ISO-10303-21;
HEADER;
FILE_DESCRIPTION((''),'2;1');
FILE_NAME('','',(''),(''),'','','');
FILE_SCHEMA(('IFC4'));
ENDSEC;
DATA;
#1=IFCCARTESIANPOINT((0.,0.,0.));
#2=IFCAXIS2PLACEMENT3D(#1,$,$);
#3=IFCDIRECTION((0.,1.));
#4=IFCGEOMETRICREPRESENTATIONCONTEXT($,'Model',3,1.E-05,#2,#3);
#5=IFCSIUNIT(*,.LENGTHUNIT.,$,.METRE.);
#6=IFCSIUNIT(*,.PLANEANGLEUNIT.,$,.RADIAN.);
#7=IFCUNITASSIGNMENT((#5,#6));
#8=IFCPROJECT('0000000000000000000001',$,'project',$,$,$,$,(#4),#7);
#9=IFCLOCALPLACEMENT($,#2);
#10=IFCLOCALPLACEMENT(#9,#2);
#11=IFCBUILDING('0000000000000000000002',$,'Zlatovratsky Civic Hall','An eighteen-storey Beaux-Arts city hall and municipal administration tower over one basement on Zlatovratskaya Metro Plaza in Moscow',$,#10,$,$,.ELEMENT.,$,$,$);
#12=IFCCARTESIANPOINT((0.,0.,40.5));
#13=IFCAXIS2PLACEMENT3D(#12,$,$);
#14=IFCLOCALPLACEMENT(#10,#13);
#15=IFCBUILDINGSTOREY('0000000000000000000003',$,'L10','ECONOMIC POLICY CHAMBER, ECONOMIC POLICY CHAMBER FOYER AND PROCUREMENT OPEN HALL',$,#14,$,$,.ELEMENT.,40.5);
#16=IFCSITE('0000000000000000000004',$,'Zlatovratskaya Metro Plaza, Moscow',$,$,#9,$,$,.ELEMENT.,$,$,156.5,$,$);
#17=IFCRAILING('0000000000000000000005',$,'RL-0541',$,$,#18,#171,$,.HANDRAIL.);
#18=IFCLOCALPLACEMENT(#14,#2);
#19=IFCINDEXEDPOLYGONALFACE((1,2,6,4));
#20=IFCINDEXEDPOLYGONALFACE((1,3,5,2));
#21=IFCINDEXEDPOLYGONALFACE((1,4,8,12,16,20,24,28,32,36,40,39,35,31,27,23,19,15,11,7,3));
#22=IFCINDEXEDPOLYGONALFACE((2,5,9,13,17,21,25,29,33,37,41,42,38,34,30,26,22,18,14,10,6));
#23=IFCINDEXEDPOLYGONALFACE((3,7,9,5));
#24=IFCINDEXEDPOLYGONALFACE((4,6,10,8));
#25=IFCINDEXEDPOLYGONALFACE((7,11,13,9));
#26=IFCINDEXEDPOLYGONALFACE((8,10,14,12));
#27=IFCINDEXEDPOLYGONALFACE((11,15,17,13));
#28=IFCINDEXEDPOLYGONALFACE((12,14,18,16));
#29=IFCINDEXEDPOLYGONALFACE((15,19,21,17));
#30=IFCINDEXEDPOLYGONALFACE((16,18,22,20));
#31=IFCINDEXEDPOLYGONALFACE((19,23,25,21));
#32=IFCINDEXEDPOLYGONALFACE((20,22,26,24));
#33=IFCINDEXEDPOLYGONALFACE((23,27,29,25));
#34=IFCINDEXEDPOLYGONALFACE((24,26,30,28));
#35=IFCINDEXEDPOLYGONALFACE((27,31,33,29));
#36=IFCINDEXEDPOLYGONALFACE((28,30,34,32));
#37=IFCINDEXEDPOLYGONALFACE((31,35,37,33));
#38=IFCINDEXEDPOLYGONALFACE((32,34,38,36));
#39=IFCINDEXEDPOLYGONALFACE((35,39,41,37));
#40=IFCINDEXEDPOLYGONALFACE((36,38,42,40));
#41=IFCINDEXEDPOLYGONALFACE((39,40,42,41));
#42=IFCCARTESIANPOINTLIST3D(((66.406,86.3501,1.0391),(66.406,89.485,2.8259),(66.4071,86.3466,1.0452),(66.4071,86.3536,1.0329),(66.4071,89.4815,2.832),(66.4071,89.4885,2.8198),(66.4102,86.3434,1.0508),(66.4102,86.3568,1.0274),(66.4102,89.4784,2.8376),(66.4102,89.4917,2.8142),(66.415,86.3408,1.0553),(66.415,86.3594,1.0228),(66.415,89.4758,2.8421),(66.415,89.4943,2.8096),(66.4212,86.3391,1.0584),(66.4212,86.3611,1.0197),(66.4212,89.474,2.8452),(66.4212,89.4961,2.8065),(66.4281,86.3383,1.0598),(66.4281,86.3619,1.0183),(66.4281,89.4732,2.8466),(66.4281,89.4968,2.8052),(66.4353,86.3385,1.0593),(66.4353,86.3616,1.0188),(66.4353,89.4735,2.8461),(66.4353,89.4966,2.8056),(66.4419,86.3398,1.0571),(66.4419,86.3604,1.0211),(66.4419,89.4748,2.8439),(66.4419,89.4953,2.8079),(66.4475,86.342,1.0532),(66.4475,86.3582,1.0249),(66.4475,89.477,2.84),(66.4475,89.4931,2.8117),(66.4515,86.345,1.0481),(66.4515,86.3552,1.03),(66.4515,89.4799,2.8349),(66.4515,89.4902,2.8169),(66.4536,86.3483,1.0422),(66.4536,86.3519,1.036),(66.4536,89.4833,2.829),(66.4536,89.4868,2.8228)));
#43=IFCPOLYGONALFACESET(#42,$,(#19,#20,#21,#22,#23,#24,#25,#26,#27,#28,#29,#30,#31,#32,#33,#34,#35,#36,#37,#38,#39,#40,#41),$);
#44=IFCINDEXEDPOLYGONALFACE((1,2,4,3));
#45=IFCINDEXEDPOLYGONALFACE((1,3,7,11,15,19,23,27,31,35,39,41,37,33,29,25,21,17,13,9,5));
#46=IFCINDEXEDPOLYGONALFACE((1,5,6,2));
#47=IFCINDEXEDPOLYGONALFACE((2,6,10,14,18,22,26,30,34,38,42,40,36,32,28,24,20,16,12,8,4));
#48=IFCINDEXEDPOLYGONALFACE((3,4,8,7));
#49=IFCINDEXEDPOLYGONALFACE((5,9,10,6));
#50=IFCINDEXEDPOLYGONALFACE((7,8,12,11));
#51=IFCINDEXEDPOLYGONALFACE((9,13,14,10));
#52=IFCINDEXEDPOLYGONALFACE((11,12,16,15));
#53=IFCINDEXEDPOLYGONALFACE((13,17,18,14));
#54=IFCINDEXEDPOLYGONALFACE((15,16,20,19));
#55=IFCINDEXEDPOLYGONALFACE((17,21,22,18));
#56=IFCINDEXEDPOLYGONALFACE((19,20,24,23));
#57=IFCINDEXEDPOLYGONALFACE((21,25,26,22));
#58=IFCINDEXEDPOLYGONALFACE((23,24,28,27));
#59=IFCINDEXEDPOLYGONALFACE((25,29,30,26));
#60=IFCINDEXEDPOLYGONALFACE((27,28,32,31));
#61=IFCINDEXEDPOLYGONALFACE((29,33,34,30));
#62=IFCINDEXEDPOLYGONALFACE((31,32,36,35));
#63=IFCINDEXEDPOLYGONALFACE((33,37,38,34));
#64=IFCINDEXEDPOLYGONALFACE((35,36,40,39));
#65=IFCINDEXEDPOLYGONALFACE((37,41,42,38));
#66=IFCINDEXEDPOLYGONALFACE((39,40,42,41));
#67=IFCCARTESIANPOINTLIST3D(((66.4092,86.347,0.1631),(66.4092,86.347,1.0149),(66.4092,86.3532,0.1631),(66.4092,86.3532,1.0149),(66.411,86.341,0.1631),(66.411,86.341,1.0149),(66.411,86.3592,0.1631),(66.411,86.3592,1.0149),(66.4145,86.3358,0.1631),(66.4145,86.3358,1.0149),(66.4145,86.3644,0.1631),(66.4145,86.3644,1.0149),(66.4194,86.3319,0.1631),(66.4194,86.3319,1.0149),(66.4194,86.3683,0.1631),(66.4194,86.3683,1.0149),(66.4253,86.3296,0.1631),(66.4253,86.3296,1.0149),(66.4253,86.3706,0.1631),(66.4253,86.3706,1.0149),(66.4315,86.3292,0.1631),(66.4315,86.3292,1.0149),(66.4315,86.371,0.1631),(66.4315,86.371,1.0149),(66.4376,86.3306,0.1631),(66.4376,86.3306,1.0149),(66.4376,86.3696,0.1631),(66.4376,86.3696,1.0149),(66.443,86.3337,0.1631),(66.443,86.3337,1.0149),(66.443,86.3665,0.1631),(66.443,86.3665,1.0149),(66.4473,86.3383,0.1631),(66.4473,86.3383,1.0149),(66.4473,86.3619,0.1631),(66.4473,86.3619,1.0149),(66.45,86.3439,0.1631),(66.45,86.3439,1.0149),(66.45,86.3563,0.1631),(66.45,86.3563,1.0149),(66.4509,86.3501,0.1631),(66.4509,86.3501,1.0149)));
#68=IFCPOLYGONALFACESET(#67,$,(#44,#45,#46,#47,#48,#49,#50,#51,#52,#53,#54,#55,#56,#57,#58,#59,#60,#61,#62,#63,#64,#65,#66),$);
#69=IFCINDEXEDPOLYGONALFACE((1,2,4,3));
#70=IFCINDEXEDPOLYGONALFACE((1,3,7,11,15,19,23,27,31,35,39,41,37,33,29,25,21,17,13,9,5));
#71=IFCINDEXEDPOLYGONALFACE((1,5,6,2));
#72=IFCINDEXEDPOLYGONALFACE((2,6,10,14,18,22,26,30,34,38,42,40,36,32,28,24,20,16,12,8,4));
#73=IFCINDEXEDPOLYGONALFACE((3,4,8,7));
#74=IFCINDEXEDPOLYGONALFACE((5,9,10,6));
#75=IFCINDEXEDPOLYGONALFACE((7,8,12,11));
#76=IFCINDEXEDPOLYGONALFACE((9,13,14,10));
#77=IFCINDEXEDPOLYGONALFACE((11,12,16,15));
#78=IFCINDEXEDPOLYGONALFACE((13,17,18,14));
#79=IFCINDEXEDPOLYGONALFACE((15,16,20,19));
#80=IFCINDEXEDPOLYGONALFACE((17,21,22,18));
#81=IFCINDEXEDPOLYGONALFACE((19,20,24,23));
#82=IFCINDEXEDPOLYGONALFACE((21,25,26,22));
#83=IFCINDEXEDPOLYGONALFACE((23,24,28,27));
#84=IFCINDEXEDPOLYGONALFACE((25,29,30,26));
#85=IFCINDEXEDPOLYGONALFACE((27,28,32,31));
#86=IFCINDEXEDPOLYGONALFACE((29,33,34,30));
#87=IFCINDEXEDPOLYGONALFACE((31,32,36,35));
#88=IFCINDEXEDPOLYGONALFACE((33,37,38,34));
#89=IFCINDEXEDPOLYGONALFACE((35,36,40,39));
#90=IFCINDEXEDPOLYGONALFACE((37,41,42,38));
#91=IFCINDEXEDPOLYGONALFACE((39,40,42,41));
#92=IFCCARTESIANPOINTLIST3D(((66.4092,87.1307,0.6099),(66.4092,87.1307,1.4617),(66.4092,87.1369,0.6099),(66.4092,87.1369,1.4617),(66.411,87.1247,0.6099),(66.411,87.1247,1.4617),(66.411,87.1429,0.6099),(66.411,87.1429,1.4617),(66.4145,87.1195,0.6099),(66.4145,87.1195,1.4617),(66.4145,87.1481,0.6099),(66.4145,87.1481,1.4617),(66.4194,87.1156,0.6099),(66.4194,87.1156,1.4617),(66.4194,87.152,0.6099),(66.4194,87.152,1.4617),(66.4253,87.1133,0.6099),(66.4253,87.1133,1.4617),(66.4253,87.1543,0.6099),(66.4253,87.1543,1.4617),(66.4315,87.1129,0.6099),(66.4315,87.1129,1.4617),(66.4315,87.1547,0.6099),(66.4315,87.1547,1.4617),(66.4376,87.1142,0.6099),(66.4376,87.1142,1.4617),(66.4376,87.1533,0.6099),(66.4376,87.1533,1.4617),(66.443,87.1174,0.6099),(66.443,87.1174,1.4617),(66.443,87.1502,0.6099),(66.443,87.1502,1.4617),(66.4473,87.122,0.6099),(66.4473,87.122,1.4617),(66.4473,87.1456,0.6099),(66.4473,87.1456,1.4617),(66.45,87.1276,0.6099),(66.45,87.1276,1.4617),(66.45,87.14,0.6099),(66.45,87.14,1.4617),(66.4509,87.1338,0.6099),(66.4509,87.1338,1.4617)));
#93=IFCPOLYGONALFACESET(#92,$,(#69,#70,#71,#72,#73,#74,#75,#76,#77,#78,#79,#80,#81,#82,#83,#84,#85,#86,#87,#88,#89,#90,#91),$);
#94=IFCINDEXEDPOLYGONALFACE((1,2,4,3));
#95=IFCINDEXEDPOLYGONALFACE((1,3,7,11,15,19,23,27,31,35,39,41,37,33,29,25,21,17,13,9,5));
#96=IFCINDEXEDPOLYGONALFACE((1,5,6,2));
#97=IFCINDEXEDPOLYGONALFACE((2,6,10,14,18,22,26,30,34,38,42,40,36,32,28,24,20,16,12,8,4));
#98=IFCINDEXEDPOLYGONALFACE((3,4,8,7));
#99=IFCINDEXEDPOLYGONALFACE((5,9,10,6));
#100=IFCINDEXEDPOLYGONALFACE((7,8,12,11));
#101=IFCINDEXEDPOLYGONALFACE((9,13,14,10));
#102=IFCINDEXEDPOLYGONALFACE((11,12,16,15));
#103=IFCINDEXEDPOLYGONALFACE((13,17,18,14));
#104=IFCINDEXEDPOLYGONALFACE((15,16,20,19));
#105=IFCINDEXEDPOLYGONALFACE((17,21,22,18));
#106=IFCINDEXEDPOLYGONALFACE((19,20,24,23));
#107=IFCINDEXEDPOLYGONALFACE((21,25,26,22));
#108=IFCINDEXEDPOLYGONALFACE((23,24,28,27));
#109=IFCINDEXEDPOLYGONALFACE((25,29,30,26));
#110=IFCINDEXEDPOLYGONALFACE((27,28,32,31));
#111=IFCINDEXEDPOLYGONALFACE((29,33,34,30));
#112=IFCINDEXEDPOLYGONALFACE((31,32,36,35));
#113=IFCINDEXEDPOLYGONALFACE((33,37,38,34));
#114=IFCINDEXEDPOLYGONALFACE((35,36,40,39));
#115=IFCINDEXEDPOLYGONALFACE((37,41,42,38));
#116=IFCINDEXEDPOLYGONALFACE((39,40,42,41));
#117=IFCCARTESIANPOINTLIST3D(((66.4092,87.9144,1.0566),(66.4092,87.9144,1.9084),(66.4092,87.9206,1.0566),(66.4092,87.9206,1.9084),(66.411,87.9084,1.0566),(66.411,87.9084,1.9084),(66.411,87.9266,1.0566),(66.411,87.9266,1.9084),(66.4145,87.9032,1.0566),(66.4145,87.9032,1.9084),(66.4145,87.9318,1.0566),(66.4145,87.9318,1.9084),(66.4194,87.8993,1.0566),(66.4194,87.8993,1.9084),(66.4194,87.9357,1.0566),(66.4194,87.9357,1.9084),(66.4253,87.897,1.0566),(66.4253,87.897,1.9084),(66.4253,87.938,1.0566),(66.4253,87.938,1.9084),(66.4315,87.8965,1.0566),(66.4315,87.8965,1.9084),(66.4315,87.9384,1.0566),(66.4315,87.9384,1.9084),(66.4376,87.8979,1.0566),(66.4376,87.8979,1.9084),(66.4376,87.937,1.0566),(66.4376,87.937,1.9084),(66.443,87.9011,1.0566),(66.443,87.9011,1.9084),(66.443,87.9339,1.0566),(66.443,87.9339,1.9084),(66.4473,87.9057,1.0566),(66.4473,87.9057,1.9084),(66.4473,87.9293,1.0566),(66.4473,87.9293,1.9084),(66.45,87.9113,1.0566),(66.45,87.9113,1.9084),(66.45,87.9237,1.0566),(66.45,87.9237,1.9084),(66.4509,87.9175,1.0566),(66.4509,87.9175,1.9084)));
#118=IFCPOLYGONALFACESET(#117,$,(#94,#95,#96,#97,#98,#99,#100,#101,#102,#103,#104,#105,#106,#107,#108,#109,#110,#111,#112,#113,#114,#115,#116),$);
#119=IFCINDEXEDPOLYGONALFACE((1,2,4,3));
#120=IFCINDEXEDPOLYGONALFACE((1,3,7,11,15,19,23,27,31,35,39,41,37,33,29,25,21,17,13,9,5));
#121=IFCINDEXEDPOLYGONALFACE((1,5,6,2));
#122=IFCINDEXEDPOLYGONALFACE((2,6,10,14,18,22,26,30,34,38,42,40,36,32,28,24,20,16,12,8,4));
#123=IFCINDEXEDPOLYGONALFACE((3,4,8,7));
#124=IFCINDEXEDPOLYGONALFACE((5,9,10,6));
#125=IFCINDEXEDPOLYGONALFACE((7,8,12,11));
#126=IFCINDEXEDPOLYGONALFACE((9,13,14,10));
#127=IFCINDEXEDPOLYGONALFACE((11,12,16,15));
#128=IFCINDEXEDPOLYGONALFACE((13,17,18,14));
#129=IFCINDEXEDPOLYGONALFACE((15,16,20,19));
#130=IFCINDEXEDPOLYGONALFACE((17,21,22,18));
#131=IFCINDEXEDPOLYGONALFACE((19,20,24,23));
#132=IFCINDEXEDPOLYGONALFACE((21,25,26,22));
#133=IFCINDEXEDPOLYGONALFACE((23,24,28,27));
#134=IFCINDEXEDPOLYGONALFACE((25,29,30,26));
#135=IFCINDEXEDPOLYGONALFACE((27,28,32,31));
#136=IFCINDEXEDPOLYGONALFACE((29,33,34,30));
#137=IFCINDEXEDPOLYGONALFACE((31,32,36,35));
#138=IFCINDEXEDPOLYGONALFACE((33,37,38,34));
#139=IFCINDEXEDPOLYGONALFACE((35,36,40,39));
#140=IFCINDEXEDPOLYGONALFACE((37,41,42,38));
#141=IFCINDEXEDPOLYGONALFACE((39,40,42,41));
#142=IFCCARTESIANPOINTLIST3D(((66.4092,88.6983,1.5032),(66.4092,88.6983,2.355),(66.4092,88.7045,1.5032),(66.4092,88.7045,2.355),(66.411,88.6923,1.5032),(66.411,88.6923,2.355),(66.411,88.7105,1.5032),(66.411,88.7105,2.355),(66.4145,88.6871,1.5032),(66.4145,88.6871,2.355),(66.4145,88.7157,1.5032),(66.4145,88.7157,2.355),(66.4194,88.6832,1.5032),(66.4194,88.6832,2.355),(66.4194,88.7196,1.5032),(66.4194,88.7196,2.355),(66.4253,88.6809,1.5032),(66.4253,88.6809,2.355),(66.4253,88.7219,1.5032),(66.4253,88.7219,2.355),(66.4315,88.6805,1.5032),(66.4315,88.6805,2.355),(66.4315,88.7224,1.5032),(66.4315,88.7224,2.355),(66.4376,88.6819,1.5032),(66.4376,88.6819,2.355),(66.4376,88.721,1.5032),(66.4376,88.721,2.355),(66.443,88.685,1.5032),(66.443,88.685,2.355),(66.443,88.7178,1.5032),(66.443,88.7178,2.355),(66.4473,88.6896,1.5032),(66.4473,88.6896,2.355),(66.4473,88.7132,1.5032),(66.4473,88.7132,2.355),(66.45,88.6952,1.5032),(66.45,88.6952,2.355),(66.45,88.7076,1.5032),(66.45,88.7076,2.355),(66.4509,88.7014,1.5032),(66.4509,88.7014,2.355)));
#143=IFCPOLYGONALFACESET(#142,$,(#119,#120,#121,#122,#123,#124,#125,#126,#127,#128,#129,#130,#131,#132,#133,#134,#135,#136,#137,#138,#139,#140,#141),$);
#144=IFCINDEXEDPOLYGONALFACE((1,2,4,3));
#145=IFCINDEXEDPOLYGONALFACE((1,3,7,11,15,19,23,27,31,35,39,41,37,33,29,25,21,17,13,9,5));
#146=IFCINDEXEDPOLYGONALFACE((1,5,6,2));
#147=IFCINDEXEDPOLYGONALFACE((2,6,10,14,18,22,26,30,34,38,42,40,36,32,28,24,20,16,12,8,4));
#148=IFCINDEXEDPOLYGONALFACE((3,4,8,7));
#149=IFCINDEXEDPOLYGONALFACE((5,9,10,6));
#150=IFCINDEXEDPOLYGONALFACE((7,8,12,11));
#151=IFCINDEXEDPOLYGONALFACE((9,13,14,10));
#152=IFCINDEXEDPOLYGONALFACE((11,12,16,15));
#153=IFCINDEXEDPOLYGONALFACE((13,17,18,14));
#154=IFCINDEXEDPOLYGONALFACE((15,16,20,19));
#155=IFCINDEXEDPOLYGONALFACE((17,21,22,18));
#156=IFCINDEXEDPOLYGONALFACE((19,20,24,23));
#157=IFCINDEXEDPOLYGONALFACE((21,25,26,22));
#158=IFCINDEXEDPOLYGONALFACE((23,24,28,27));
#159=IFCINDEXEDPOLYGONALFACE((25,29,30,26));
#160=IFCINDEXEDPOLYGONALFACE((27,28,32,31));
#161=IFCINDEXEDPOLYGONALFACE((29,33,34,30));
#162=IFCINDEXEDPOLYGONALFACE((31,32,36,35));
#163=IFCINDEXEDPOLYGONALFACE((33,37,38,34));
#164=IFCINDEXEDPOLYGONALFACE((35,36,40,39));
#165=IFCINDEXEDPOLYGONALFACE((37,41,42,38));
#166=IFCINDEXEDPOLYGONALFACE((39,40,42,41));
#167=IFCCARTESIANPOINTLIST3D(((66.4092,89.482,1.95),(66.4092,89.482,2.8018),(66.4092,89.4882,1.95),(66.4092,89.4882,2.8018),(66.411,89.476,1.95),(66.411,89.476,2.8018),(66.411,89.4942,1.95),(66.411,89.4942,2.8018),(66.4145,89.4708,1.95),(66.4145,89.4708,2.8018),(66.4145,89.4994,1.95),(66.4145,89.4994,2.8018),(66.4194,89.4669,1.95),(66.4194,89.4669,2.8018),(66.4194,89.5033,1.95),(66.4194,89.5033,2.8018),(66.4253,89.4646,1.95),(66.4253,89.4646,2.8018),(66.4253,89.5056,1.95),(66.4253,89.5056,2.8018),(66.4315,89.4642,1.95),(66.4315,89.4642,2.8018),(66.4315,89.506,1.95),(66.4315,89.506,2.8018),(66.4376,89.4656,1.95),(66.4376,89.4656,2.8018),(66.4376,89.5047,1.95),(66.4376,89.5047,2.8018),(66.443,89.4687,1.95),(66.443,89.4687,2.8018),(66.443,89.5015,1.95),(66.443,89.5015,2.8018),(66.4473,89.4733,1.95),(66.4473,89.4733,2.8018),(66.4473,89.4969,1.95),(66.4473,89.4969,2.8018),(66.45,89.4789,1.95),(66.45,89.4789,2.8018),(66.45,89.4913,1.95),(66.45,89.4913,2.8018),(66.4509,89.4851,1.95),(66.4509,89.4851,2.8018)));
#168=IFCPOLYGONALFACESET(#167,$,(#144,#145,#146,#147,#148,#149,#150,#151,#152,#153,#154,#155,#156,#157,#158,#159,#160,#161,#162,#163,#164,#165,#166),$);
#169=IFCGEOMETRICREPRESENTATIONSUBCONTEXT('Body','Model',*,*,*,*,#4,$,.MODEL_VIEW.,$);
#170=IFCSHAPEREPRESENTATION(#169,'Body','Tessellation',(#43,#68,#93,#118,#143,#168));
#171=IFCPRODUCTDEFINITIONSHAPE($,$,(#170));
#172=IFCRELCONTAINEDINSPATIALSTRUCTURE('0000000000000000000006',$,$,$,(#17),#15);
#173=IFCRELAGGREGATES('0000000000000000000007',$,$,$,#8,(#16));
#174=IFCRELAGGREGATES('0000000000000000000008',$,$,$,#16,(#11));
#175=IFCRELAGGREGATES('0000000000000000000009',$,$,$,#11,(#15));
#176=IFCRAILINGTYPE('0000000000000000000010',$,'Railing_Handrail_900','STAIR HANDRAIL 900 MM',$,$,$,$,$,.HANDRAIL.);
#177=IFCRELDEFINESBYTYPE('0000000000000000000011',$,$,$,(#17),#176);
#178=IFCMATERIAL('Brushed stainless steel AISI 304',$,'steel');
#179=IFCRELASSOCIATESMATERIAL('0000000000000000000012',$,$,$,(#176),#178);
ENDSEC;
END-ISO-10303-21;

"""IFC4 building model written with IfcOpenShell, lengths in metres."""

from ifc_helpers import new_model, si_unit, direction, frame, origin, origin_2d, place, context, subcontext, project, spatial, circle, extrude, material, type_object, element, save


model = new_model("IFC4")

# Units and contexts
model_context = context("Model", 3, precision=1e-05, world=origin(), true_north=direction((0.0, 1.0)))
body_context = subcontext(model_context, "Body", "Model", "MODEL_VIEW")
ifc_project = project(units=[si_unit("LENGTHUNIT", "METRE"), si_unit("PLANEANGLEUNIT", "RADIAN")], contexts=[model_context])

# Site, building, storey
site_placement = place(None, origin())
site = spatial("IfcSite", under=ifc_project, at=site_placement, Name="Zlatovratskaya Metro Plaza, Moscow", CompositionType="ELEMENT", RefElevation=156.5)
building_placement = place(site_placement, origin())
building = spatial("IfcBuilding", under=site, at=building_placement, Name="Zlatovratsky Civic Hall", Description="An eighteen-storey Beaux-Arts city hall and municipal administration tower over one basement on Zlatovratskaya Metro Plaza in Moscow", CompositionType="ELEMENT")
storey_placement = place(building_placement, frame((0.0, 0.0, 40.5)))
storey = spatial("IfcBuildingStorey", under=building, at=storey_placement, Name="L10", Description="ECONOMIC POLICY CHAMBER, ECONOMIC POLICY CHAMBER FOYER AND PROCUREMENT OPEN HALL", CompositionType="ELEMENT", Elevation=40.5)

# Railing
ifc_material_1 = material(Name="Brushed stainless steel AISI 304", Category="steel")
railing_type_1 = type_object("IfcRailingType", Name="Railing_Handrail_900", Description="STAIR HANDRAIL 900 MM", PredefinedType="HANDRAIL", material=ifc_material_1)
railing_1_placement = place(storey_placement, frame((66.4299, 86.3501, 0.1631)))
element("IfcRailing", 1, at=railing_1_placement, inside=storey, type_object=railing_type_1, Name="RL-0541", PredefinedType="HANDRAIL", context=body_context, shape_type="SweptSolid", body=[
    extrude(circle(Radius=0.0239, at=origin_2d()), frame((0.0, 0.0, 0.876), z_axis=(0.0, 0.868788, 0.495184), x_axis=(-1.0, 0.0, 0.0)), (0.0, 0.0, 1.0), 3.6084),
    extrude(circle(Radius=0.021, at=origin_2d()), origin(), (0.0, 0.0, 1.0), 0.8518),
    extrude(circle(Radius=0.021, at=origin_2d()), frame((0.0, 0.7837, 0.4468)), (0.0, 0.0, 1.0), 0.8518),
    extrude(circle(Radius=0.021, at=origin_2d()), frame((0.0, 1.5674, 0.8936)), (0.0, 0.0, 1.0), 0.8518),
    extrude(circle(Radius=0.021, at=origin_2d()), frame((0.0, 2.3513, 1.3401)), (0.0, 0.0, 1.0), 0.8518),
    extrude(circle(Radius=0.021, at=origin_2d()), frame((0.0, 3.135, 1.7869)), (0.0, 0.0, 1.0), 0.8518),
])

save(model, "model.ifc")
